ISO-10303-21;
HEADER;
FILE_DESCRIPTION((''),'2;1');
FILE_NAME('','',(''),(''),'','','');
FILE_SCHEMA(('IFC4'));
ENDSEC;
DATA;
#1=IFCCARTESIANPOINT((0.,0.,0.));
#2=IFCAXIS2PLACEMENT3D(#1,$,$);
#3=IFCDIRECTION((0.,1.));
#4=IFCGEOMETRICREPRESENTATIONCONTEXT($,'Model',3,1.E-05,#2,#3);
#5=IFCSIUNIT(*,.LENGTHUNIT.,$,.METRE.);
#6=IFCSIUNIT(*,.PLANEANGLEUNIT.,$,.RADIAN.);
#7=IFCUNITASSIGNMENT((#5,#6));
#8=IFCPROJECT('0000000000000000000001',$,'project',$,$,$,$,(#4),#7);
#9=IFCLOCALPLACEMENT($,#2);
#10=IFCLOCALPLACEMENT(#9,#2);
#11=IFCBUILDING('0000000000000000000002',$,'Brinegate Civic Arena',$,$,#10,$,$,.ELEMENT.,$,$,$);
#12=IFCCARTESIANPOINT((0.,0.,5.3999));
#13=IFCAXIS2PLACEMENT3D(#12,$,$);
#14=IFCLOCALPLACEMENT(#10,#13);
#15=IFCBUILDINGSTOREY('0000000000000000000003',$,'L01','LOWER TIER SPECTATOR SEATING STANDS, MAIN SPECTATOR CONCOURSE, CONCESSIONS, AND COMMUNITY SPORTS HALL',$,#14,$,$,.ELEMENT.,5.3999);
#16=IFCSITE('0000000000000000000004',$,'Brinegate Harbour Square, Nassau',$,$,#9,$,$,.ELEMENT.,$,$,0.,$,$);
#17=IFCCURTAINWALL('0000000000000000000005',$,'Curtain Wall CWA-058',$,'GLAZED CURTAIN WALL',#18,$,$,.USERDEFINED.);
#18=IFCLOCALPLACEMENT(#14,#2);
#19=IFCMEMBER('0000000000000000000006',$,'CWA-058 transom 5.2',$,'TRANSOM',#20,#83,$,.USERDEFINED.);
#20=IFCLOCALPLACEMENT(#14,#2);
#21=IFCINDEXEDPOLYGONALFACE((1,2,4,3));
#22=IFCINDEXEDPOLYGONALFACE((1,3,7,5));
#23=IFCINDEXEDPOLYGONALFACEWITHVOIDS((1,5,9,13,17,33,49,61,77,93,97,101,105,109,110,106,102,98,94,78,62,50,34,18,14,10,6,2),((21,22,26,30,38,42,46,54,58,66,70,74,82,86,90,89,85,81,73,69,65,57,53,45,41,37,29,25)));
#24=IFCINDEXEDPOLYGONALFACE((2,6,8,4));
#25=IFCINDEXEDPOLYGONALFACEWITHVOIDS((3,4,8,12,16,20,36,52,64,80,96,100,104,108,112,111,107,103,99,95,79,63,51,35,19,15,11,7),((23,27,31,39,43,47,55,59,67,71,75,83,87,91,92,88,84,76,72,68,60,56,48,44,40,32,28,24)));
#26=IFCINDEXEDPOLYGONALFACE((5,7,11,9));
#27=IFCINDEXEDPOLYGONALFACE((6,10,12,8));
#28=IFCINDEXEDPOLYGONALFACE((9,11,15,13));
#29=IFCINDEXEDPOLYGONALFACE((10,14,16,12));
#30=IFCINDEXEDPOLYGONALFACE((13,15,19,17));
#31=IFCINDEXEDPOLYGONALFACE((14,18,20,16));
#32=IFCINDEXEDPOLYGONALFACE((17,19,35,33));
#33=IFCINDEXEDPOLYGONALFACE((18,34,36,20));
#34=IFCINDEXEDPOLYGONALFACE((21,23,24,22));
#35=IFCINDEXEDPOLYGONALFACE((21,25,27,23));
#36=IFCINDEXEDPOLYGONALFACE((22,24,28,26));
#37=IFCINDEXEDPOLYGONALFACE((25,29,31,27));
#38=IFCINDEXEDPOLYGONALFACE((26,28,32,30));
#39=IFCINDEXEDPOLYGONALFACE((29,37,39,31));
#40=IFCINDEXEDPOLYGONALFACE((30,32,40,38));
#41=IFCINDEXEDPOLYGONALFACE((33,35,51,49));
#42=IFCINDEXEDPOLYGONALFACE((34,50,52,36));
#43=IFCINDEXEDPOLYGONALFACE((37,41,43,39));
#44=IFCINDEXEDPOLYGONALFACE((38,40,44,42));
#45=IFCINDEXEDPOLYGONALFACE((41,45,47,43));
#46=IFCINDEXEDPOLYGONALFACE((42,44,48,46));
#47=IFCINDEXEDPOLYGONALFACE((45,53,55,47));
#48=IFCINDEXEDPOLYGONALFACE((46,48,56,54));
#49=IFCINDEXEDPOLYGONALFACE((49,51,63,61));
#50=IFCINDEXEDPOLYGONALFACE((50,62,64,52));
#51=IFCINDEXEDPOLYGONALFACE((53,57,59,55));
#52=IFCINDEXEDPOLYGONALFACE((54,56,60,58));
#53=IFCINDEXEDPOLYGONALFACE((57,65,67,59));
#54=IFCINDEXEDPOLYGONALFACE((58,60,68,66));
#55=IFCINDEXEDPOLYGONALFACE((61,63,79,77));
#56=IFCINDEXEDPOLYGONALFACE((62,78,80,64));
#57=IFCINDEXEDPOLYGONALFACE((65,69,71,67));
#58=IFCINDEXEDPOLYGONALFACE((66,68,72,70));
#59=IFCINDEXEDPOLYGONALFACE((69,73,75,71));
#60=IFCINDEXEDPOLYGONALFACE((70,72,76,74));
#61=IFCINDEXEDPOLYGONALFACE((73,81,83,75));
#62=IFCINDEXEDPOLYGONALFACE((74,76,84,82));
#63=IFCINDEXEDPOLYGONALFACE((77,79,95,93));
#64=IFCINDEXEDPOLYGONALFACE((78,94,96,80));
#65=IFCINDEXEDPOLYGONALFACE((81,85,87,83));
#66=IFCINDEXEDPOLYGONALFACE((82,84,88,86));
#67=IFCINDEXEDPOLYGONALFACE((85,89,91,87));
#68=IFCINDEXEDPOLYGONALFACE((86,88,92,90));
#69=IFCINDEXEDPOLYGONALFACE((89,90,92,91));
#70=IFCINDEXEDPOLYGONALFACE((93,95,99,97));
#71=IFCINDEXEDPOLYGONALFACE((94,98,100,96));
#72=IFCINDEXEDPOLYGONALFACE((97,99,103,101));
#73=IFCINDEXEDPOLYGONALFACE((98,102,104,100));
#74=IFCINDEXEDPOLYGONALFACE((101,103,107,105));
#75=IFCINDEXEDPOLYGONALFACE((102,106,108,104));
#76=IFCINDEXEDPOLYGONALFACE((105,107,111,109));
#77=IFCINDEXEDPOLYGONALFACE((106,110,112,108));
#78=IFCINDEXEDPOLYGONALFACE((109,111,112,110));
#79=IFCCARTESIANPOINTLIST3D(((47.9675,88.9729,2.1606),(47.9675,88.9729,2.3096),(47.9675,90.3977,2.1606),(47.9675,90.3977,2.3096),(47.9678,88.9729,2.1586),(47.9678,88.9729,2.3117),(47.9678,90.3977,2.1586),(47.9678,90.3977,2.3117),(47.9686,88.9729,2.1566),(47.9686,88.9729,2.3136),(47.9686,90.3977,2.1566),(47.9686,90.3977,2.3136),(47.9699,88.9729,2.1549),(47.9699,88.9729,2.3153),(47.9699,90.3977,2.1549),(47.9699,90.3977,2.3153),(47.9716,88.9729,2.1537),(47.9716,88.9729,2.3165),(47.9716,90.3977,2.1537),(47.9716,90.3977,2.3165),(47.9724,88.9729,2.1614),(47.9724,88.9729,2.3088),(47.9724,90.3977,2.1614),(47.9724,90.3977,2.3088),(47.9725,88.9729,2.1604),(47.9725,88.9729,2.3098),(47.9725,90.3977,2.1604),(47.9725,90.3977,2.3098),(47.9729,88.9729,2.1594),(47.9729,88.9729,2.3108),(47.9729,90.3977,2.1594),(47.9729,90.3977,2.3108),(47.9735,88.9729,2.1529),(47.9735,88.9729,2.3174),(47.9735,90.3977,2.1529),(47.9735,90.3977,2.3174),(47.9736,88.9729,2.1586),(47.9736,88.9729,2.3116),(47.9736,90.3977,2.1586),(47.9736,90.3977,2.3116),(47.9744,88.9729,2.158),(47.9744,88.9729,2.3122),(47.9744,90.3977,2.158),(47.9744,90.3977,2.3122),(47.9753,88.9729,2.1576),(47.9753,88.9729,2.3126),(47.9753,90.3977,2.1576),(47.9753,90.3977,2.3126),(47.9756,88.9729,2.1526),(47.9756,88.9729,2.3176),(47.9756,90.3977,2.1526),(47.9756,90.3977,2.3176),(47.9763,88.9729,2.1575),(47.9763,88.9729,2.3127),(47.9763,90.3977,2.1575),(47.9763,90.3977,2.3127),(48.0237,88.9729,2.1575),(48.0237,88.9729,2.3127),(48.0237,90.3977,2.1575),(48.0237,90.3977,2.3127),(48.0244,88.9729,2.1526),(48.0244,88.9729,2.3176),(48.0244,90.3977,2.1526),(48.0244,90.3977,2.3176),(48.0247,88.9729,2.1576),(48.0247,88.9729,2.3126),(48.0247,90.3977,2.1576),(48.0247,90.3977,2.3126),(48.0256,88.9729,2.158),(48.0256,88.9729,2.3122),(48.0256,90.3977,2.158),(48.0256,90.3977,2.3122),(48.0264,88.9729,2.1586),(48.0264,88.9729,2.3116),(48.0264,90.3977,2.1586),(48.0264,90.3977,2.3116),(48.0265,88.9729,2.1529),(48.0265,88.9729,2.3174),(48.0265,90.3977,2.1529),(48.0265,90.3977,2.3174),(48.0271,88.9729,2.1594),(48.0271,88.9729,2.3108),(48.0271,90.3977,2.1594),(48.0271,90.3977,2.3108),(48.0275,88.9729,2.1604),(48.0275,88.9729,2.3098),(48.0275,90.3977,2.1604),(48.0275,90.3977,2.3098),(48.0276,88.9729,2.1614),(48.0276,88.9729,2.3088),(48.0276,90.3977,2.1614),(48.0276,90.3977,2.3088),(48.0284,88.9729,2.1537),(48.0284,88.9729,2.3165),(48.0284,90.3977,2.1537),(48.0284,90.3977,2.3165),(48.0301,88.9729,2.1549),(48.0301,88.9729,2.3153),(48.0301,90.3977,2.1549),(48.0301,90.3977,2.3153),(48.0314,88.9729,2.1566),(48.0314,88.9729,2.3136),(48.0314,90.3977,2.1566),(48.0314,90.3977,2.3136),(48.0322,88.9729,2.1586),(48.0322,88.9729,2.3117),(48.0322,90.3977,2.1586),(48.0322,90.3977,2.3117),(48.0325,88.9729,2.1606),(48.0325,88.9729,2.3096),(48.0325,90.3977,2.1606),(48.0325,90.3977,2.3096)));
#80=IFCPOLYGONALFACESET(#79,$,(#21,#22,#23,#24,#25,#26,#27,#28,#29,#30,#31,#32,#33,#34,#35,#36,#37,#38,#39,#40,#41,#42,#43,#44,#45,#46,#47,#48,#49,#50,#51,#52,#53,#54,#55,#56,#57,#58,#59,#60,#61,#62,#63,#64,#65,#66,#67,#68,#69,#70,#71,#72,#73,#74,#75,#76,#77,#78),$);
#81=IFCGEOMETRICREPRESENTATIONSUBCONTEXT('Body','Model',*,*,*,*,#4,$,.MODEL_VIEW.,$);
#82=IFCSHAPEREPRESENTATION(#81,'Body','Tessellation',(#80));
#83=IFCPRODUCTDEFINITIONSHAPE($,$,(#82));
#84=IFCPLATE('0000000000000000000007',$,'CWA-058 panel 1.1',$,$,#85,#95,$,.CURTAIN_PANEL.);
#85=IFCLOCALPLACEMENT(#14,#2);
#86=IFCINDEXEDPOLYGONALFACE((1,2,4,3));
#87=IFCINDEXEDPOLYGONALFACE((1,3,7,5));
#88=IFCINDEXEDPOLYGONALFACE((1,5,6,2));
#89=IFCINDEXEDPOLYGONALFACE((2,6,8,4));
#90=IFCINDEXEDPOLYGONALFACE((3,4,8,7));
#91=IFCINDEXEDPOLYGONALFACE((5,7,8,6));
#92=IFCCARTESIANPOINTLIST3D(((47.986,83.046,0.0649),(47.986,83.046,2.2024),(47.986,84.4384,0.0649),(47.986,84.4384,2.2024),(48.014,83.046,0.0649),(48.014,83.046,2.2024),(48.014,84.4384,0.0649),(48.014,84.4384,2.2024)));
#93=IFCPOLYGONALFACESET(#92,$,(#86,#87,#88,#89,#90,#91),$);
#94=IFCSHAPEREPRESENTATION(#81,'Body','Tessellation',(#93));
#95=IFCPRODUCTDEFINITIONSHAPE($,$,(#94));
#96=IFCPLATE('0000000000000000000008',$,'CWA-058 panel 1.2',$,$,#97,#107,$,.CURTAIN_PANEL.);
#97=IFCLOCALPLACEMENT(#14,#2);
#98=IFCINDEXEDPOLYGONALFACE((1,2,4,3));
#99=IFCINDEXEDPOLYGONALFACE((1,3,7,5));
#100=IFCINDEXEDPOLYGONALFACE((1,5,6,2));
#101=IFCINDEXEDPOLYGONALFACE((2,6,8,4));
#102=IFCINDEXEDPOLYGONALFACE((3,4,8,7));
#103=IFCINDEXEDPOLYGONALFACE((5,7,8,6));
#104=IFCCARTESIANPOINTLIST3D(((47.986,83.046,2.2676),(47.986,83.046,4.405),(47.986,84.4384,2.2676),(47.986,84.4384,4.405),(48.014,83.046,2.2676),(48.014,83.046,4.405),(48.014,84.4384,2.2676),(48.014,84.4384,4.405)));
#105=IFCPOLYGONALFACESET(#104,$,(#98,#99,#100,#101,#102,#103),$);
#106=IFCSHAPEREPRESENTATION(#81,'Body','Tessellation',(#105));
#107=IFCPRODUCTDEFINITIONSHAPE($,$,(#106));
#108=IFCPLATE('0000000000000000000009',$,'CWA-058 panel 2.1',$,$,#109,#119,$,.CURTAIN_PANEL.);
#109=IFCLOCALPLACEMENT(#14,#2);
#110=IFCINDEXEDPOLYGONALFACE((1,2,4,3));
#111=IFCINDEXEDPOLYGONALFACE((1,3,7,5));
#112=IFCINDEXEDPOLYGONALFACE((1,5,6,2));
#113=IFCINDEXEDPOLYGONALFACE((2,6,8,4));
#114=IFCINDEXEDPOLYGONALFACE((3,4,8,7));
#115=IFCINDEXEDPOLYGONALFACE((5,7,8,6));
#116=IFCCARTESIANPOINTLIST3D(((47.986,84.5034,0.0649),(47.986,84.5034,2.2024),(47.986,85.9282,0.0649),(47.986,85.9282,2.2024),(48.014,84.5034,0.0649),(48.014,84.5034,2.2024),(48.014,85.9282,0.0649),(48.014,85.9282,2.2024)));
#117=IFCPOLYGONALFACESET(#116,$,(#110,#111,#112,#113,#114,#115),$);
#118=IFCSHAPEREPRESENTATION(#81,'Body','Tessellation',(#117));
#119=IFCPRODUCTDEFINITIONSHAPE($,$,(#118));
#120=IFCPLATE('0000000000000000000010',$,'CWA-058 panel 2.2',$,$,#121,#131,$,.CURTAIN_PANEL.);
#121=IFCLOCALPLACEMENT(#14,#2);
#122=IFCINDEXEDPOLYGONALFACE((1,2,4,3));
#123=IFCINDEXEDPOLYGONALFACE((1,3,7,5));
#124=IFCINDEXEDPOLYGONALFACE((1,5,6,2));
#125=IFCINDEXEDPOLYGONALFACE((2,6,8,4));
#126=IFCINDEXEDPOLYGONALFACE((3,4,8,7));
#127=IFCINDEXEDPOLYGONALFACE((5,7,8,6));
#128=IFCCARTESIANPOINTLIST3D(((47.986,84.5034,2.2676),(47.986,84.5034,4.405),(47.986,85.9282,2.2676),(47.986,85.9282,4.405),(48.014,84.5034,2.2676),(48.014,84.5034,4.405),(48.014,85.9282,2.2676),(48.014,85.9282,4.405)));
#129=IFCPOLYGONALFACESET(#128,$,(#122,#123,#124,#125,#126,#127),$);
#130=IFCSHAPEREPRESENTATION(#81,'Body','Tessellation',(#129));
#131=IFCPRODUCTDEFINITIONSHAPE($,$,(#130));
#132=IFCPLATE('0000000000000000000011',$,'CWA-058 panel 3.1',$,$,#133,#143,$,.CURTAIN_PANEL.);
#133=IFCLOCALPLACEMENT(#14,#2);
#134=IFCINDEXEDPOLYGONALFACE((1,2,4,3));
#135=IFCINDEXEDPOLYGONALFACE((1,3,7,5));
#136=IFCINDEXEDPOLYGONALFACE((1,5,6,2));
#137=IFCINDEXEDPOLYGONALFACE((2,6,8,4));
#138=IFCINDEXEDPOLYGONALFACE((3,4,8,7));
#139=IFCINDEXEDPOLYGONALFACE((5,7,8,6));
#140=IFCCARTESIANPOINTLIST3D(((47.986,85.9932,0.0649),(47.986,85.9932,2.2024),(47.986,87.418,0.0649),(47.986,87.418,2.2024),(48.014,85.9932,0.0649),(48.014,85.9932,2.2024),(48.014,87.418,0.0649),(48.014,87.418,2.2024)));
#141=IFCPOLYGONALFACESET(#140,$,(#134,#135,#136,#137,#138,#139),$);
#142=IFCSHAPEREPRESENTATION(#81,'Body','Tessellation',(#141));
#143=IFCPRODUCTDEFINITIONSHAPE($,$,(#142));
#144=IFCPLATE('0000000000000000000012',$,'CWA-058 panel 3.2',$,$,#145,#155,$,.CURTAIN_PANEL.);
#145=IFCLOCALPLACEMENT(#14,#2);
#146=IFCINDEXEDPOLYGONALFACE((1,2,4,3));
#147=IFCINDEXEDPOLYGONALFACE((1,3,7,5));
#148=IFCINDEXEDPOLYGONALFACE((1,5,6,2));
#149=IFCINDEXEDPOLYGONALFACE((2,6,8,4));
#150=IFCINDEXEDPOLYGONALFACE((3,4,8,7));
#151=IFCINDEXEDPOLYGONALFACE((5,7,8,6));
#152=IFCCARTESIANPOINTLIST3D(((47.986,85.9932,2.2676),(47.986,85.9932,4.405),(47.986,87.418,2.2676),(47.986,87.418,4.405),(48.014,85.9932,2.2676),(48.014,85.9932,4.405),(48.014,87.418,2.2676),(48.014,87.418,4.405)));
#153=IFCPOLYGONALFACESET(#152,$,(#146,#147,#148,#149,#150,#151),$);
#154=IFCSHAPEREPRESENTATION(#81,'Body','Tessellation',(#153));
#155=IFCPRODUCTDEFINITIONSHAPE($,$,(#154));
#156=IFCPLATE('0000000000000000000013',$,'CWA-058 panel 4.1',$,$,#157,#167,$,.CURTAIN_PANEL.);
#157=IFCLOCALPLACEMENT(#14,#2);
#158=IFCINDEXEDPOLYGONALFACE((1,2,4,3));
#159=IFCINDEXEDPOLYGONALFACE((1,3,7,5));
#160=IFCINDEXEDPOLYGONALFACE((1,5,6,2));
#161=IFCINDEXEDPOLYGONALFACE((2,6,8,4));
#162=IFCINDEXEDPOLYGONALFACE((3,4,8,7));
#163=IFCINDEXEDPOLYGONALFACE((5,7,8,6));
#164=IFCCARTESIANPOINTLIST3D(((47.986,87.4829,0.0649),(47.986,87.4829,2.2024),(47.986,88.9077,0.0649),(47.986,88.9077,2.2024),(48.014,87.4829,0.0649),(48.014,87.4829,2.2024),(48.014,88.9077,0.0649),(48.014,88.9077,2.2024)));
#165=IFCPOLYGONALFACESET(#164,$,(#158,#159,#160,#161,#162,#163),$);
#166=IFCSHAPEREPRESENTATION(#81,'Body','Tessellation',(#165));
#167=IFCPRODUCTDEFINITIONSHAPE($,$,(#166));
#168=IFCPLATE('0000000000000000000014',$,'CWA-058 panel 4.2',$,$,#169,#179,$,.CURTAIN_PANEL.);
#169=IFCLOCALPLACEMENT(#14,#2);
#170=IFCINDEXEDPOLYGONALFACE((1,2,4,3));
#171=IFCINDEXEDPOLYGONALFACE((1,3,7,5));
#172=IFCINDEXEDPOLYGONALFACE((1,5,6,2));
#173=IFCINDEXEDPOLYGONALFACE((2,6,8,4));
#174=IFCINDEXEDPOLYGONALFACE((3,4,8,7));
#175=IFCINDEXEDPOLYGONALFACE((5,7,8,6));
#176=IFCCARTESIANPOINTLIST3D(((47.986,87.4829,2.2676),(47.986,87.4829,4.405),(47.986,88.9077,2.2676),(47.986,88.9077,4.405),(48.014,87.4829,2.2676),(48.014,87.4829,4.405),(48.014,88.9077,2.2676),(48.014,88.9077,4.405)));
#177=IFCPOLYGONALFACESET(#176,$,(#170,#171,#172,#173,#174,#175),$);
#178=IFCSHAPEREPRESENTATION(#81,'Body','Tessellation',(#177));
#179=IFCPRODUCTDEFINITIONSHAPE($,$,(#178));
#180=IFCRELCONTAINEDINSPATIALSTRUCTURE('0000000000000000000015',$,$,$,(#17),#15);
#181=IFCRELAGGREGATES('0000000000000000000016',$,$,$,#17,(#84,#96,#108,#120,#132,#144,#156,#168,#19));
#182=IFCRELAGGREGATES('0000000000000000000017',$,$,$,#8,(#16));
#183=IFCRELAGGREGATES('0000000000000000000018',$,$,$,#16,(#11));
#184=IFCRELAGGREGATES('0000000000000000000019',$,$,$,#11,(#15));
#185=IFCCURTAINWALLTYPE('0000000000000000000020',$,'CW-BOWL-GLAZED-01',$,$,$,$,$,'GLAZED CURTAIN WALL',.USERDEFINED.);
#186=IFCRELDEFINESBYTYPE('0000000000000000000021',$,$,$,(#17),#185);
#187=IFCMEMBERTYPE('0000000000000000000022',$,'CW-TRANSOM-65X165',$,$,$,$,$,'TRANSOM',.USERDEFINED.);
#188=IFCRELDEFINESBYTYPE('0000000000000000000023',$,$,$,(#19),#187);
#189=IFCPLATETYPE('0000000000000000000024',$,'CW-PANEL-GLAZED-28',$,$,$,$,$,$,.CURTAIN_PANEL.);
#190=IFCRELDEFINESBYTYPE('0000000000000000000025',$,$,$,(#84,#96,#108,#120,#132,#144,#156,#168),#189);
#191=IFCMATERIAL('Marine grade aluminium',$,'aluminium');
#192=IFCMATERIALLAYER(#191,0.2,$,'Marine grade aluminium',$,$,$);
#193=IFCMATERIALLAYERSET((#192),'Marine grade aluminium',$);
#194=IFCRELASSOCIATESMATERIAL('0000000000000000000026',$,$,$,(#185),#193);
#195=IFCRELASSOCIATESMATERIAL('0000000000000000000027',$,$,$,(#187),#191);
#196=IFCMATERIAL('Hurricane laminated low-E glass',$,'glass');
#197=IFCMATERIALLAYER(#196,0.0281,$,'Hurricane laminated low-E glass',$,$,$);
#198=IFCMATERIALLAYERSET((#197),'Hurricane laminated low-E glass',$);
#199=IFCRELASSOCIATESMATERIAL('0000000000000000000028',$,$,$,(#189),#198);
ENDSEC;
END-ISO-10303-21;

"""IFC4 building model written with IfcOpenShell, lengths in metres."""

from ifc_helpers import new_model, si_unit, direction, frame, origin, origin_2d, place, context, subcontext, project, spatial, rectangle, hollow_rectangle, extrude, material, layer, layer_set, material_profile, profile_set, type_object, element, aggregate, save


model = new_model("IFC4")

# Units and contexts
model_context = context("Model", 3, precision=1e-05, world=origin(), true_north=direction((0.0, 1.0)))
body_context = subcontext(model_context, "Body", "Model", "MODEL_VIEW")
ifc_project = project(units=[si_unit("LENGTHUNIT", "METRE"), si_unit("PLANEANGLEUNIT", "RADIAN")], contexts=[model_context])

# Site, building, storey
site_placement = place(None, origin())
site = spatial("IfcSite", under=ifc_project, at=site_placement, Name="Brinegate Harbour Square, Nassau", CompositionType="ELEMENT", RefElevation=0.0)
building_placement = place(site_placement, origin())
building = spatial("IfcBuilding", under=site, at=building_placement, Name="Brinegate Civic Arena", CompositionType="ELEMENT")
storey_placement = place(building_placement, frame((0.0, 0.0, 5.3999)))
storey = spatial("IfcBuildingStorey", under=building, at=storey_placement, Name="L01", Description="LOWER TIER SPECTATOR SEATING STANDS, MAIN SPECTATOR CONCOURSE, CONCESSIONS, AND COMMUNITY SPORTS HALL", CompositionType="ELEMENT", Elevation=5.3999)

# Curtain wall, member, plates
ifc_material_1 = material(Name="Marine grade aluminium", Category="aluminium")
ifc_layer_1 = layer(ifc_material_1, 0.2, Name="Marine grade aluminium")
ifc_layer_set_1 = layer_set([ifc_layer_1], Name="Marine grade aluminium")
curtain_wall_type = type_object("IfcCurtainWallType", Name="CW-BOWL-GLAZED-01", ElementType="GLAZED CURTAIN WALL", PredefinedType="USERDEFINED", material=ifc_layer_set_1)
curtain_wall_placement = place(storey_placement, origin())
curtain_wall = element("IfcCurtainWall", 1, at=curtain_wall_placement, inside=storey, type_object=curtain_wall_type, Name="Curtain Wall CWA-058", ObjectType="GLAZED CURTAIN WALL", PredefinedType="USERDEFINED")
ifc_material_profile_1 = material_profile(ifc_material_1, hollow_rectangle(XDim=0.0649, YDim=0.165, WallThickness=0.0049, InnerFilletRadius=0.0039, OuterFilletRadius=0.0081, at=origin_2d()), Name="TRN65X165")
ifc_profile_set_1 = profile_set([ifc_material_profile_1], Name="Marine grade aluminium")
member_type_1 = type_object("IfcMemberType", Name="CW-TRANSOM-65X165", ElementType="TRANSOM", PredefinedType="USERDEFINED", material=ifc_profile_set_1)
member_1_placement = place(storey_placement, frame((48.0, 88.9729, 2.2351), z_axis=(0.0, 1.0, 0.0), x_axis=(-1.0, 0.0, 0.0)))
member_1 = element("IfcMember", 2, at=member_1_placement, type_object=member_type_1, Name="CWA-058 transom 5.2", ObjectType="TRANSOM", PredefinedType="USERDEFINED", context=body_context, shape_type="SweptSolid", body=[
    extrude(hollow_rectangle(XDim=0.0649, YDim=0.165, WallThickness=0.0049, InnerFilletRadius=0.0039, OuterFilletRadius=0.0081, at=origin_2d()), origin(), (0.0, 0.0, 1.0), 1.4248),
])
ifc_material_2 = material(Name="Hurricane laminated low-E glass", Category="glass")
ifc_layer_2 = layer(ifc_material_2, 0.0281, Name="Hurricane laminated low-E glass")
ifc_layer_set_2 = layer_set([ifc_layer_2], Name="Hurricane laminated low-E glass")
plate_type = type_object("IfcPlateType", Name="CW-PANEL-GLAZED-28", PredefinedType="CURTAIN_PANEL", material=ifc_layer_set_2)
plate_1_placement = place(storey_placement, frame((48.0, 83.7422, 0.0649), z_axis=(0.0, 0.0, 1.0), x_axis=(0.0, 1.0, 0.0)))
plate_1 = element("IfcPlate", 3, at=plate_1_placement, type_object=plate_type, Name="CWA-058 panel 1.1", PredefinedType="CURTAIN_PANEL", context=body_context, shape_type="SweptSolid", body=[
    extrude(rectangle(XDim=1.3923, YDim=0.0281, at=origin_2d()), origin(), (0.0, 0.0, 1.0), 2.1375),
])
plate_2_placement = place(storey_placement, frame((48.0, 83.7422, 2.2676), z_axis=(0.0, 0.0, 1.0), x_axis=(0.0, 1.0, 0.0)))
plate_2 = element("IfcPlate", 4, at=plate_2_placement, type_object=plate_type, Name="CWA-058 panel 1.2", PredefinedType="CURTAIN_PANEL", context=body_context, shape_type="SweptSolid", body=[
    extrude(rectangle(XDim=1.3923, YDim=0.0281, at=origin_2d()), origin(), (0.0, 0.0, 1.0), 2.1375),
])
plate_3_placement = place(storey_placement, frame((48.0, 85.2158, 0.0649), z_axis=(0.0, 0.0, 1.0), x_axis=(0.0, 1.0, 0.0)))
plate_3 = element("IfcPlate", 5, at=plate_3_placement, type_object=plate_type, Name="CWA-058 panel 2.1", PredefinedType="CURTAIN_PANEL", context=body_context, shape_type="SweptSolid", body=[
    extrude(rectangle(XDim=1.4248, YDim=0.0281, at=origin_2d()), origin(), (0.0, 0.0, 1.0), 2.1375),
])
plate_4_placement = place(storey_placement, frame((48.0, 85.2158, 2.2676), z_axis=(0.0, 0.0, 1.0), x_axis=(0.0, 1.0, 0.0)))
plate_4 = element("IfcPlate", 6, at=plate_4_placement, type_object=plate_type, Name="CWA-058 panel 2.2", PredefinedType="CURTAIN_PANEL", context=body_context, shape_type="SweptSolid", body=[
    extrude(rectangle(XDim=1.4248, YDim=0.0281, at=origin_2d()), origin(), (0.0, 0.0, 1.0), 2.1375),
])
plate_5_placement = place(storey_placement, frame((48.0, 86.7056, 0.0649), z_axis=(0.0, 0.0, 1.0), x_axis=(0.0, 1.0, 0.0)))
plate_5 = element("IfcPlate", 7, at=plate_5_placement, type_object=plate_type, Name="CWA-058 panel 3.1", PredefinedType="CURTAIN_PANEL", context=body_context, shape_type="SweptSolid", body=[
    extrude(rectangle(XDim=1.4248, YDim=0.0281, at=origin_2d()), origin(), (0.0, 0.0, 1.0), 2.1375),
])
plate_6_placement = place(storey_placement, frame((48.0, 86.7056, 2.2676), z_axis=(0.0, 0.0, 1.0), x_axis=(0.0, 1.0, 0.0)))
plate_6 = element("IfcPlate", 8, at=plate_6_placement, type_object=plate_type, Name="CWA-058 panel 3.2", PredefinedType="CURTAIN_PANEL", context=body_context, shape_type="SweptSolid", body=[
    extrude(rectangle(XDim=1.4248, YDim=0.0281, at=origin_2d()), origin(), (0.0, 0.0, 1.0), 2.1375),
])
plate_7_placement = place(storey_placement, frame((48.0, 88.1953, 0.0649), z_axis=(0.0, 0.0, 1.0), x_axis=(0.0, 1.0, 0.0)))
plate_7 = element("IfcPlate", 9, at=plate_7_placement, type_object=plate_type, Name="CWA-058 panel 4.1", PredefinedType="CURTAIN_PANEL", context=body_context, shape_type="SweptSolid", body=[
    extrude(rectangle(XDim=1.4248, YDim=0.0281, at=origin_2d()), origin(), (0.0, 0.0, 1.0), 2.1375),
])
plate_8_placement = place(storey_placement, frame((48.0, 88.1953, 2.2676), z_axis=(0.0, 0.0, 1.0), x_axis=(0.0, 1.0, 0.0)))
plate_8 = element("IfcPlate", 10, at=plate_8_placement, type_object=plate_type, Name="CWA-058 panel 4.2", PredefinedType="CURTAIN_PANEL", context=body_context, shape_type="SweptSolid", body=[
    extrude(rectangle(XDim=1.4248, YDim=0.0281, at=origin_2d()), origin(), (0.0, 0.0, 1.0), 2.1375),
])
aggregate(curtain_wall, [plate_1, plate_2, plate_3, plate_4, plate_5, plate_6, plate_7, plate_8, member_1])

save(model, "model.ifc")
